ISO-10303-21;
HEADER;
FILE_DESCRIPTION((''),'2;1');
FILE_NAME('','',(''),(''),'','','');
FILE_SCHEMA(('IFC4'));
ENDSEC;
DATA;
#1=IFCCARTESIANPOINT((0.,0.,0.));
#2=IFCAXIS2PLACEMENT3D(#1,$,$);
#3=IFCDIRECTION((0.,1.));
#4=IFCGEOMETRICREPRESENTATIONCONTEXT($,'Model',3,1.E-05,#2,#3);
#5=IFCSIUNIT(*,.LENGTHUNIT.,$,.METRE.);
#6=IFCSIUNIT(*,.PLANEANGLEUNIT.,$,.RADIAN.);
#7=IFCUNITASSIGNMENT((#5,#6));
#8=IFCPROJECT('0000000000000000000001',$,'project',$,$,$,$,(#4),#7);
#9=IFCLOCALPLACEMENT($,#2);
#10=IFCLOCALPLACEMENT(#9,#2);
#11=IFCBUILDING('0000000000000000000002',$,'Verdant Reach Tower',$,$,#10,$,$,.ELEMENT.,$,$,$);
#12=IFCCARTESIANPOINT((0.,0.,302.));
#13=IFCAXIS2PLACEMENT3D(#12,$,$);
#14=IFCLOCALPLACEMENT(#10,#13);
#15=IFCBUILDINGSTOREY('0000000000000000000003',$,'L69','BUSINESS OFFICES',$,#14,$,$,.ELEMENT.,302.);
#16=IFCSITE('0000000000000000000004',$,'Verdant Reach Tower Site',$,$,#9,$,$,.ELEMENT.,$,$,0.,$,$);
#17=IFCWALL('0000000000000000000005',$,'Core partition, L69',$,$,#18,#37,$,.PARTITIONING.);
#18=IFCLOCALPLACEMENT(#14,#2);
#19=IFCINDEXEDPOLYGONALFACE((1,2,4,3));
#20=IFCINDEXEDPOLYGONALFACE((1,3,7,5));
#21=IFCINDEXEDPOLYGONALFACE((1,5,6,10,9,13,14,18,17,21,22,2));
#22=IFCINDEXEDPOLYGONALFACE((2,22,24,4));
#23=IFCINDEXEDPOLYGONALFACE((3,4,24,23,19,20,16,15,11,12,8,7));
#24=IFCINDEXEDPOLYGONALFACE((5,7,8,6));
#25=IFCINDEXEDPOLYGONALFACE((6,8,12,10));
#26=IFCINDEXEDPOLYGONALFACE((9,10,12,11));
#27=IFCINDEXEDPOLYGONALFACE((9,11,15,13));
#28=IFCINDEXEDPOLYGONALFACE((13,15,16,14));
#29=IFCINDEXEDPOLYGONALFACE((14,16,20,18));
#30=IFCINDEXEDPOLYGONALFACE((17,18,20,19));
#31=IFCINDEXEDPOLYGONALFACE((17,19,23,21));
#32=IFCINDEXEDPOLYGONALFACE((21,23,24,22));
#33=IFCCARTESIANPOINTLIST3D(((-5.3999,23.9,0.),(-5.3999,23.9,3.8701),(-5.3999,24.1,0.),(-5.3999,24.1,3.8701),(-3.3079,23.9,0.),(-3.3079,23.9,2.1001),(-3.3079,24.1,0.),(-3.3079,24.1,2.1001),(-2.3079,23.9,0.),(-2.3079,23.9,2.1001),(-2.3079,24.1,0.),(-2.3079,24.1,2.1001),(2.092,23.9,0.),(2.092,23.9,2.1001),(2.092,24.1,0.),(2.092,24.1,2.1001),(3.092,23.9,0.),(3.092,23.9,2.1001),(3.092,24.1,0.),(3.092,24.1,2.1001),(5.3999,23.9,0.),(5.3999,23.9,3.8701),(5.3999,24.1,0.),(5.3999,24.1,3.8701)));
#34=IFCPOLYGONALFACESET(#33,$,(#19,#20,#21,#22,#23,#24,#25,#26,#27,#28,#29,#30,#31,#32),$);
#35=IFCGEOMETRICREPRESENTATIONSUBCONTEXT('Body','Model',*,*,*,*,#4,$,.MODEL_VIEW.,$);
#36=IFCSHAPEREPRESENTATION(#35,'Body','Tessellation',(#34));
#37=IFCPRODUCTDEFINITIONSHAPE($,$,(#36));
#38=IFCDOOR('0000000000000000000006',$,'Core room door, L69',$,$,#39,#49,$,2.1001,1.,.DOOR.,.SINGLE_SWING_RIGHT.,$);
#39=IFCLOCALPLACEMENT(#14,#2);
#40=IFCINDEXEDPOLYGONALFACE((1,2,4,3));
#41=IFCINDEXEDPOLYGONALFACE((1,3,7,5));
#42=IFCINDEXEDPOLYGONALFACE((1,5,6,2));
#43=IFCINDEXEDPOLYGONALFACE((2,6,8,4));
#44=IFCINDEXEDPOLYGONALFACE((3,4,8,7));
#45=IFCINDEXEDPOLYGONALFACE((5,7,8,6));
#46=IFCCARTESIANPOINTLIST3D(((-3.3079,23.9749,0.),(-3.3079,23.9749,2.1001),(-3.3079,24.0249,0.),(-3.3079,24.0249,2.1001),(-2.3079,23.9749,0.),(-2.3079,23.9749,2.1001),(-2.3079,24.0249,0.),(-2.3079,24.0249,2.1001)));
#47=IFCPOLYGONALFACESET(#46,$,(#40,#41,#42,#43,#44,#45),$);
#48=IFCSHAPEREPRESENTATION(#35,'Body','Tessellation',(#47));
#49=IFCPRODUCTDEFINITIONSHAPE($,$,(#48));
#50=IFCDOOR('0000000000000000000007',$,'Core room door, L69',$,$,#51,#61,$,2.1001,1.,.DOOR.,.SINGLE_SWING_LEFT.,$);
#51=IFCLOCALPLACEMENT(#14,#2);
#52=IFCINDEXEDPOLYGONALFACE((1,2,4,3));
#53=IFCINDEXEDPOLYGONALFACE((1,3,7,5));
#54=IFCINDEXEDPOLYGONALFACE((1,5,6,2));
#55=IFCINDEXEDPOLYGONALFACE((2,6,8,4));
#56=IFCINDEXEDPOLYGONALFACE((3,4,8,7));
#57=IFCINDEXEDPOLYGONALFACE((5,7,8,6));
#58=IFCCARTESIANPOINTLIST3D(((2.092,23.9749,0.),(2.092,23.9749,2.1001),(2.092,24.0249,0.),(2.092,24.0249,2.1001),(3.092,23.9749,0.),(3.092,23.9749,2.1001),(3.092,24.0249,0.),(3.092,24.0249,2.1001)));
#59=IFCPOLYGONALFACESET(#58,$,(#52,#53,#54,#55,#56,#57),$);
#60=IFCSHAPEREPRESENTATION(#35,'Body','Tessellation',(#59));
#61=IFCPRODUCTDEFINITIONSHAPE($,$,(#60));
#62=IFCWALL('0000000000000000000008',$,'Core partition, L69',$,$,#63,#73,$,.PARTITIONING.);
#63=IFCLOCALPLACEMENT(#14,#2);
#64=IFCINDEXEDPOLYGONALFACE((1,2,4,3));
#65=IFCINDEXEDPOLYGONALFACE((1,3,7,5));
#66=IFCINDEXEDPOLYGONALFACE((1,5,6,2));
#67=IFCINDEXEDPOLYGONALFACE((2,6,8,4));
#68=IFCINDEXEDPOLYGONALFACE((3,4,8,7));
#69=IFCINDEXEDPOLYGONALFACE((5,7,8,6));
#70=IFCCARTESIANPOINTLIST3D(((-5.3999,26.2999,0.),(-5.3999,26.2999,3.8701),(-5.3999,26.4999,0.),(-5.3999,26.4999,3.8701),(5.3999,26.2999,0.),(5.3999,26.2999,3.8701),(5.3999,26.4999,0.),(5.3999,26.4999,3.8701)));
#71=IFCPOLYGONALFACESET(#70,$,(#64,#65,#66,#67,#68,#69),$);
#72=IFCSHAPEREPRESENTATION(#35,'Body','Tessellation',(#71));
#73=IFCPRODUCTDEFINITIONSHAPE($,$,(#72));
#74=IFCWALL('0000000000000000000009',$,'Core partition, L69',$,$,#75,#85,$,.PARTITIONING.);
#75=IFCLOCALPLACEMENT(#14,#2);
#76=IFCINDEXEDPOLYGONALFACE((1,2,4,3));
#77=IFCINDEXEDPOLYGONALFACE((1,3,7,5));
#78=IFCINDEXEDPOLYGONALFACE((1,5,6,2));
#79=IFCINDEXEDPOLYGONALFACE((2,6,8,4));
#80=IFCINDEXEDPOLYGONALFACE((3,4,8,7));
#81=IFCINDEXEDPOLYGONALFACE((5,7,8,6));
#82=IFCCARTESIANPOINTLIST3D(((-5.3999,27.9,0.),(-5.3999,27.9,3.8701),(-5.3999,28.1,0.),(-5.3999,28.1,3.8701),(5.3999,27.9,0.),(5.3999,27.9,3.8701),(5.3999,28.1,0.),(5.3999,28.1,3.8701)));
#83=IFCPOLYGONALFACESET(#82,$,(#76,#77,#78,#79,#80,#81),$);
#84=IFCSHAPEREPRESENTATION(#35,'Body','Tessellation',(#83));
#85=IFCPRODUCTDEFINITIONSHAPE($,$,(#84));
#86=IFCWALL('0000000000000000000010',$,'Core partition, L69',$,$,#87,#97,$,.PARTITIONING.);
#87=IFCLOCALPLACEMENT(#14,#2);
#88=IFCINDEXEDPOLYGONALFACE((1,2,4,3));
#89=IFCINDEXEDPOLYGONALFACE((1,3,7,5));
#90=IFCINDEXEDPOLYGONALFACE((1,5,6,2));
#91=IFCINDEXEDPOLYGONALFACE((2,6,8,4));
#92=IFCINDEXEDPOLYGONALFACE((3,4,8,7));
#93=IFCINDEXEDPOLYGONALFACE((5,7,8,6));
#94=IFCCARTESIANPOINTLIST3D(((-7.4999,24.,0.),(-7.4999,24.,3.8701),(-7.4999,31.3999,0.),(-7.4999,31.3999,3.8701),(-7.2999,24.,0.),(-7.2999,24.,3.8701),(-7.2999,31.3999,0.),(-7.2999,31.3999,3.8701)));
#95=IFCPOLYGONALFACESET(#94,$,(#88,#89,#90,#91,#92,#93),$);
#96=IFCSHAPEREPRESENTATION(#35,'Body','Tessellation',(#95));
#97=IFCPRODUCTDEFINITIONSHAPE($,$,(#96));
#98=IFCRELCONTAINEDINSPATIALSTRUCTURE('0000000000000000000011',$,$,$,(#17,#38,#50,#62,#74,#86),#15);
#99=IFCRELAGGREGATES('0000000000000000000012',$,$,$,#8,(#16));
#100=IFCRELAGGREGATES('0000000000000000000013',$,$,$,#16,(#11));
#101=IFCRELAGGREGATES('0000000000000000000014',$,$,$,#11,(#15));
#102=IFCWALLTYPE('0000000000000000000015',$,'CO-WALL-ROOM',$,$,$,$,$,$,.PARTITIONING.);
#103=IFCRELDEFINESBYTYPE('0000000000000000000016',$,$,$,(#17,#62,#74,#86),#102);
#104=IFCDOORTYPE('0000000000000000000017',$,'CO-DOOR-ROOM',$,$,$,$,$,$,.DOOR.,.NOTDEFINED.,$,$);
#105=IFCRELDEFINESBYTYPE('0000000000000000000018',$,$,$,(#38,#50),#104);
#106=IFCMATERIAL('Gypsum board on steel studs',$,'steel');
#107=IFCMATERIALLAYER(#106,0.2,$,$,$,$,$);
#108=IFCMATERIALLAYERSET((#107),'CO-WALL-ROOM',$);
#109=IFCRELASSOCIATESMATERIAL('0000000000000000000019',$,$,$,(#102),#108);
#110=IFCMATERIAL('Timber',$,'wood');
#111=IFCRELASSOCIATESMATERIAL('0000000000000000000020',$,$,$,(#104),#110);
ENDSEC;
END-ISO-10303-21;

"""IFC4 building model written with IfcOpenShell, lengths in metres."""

from ifc_helpers import new_model, si_unit, direction, frame, frame_2d, origin, place, context, subcontext, project, spatial, rectangle, extrude, material, layer, layer_set, type_object, element, fill, save


model = new_model("IFC4")

# Units and contexts
model_context = context("Model", 3, precision=1e-05, world=origin(), true_north=direction((0.0, 1.0)))
body_context = subcontext(model_context, "Body", "Model", "MODEL_VIEW")
ifc_project = project(units=[si_unit("LENGTHUNIT", "METRE"), si_unit("PLANEANGLEUNIT", "RADIAN")], contexts=[model_context])

# Site, building, storey
site_placement = place(None, origin())
site = spatial("IfcSite", under=ifc_project, at=site_placement, Name="Verdant Reach Tower Site", CompositionType="ELEMENT", RefElevation=0.0)
building_placement = place(site_placement, origin())
building = spatial("IfcBuilding", under=site, at=building_placement, Name="Verdant Reach Tower", CompositionType="ELEMENT")
storey_placement = place(building_placement, frame((0.0, 0.0, 302.0)))
storey = spatial("IfcBuildingStorey", under=building, at=storey_placement, Name="L69", Description="BUSINESS OFFICES", CompositionType="ELEMENT", Elevation=302.0)

# Wall, openings, doors
ifc_material_1 = material(Name="Gypsum board on steel studs", Category="steel")
ifc_layer_1 = layer(ifc_material_1, 0.2)
ifc_layer_set_1 = layer_set([ifc_layer_1], Name="CO-WALL-ROOM")
wall_type_1 = type_object("IfcWallType", Name="CO-WALL-ROOM", PredefinedType="PARTITIONING", material=ifc_layer_set_1)
wall_1_placement = place(storey_placement, frame((-5.3999, 24.0, 0.0), z_axis=(0.0, 0.0, 1.0), x_axis=(1.0, 0.0, 0.0)))
wall_1 = element("IfcWall", 1, at=wall_1_placement, inside=storey, type_object=wall_type_1, Name="Core partition, L69", PredefinedType="PARTITIONING", context=body_context, shape_type="SweptSolid", body=[
    extrude(rectangle(XDim=10.7998, YDim=0.2, at=frame_2d((5.3999, 0.0))), origin(), (0.0, 0.0, 1.0), 3.8701),
])
opening_1_placement = place(wall_1_placement, frame((2.092, 0.0, 0.0)))
opening_1 = element("IfcOpeningElement", 2, at=opening_1_placement, cuts=wall_1, PredefinedType="OPENING", context=body_context, shape_type="SweptSolid", body=[
    extrude(rectangle(XDim=1.0, YDim=2.1001, at=frame_2d((0.5, 1.05))), frame((0.0, 0.1099, 0.0), z_axis=(0.0, -1.0, 0.0), x_axis=(1.0, 0.0, 0.0)), (0.0, 0.0, 1.0), 0.22),
])
opening_2_placement = place(wall_1_placement, frame((7.4919, 0.0, 0.0)))
opening_2 = element("IfcOpeningElement", 3, at=opening_2_placement, cuts=wall_1, PredefinedType="OPENING", context=body_context, shape_type="SweptSolid", body=[
    extrude(rectangle(XDim=1.0, YDim=2.1001, at=frame_2d((0.5, 1.05))), frame((0.0, 0.1099, 0.0), z_axis=(0.0, -1.0, 0.0), x_axis=(1.0, 0.0, 0.0)), (0.0, 0.0, 1.0), 0.22),
])
ifc_material_2 = material(Name="Timber", Category="wood")
door_type_1 = type_object("IfcDoorType", Name="CO-DOOR-ROOM", OperationType="NOTDEFINED", PredefinedType="DOOR", material=ifc_material_2)
door_1_placement = place(opening_1_placement, origin())
door_1 = element("IfcDoor", 4, at=door_1_placement, inside=storey, type_object=door_type_1, Name="Core room door, L69", OperationType="SINGLE_SWING_RIGHT", OverallHeight=2.1001, OverallWidth=1.0, PredefinedType="DOOR", context=body_context, shape_type="SweptSolid", body=[
    extrude(rectangle(XDim=1.0, YDim=2.1001, at=frame_2d((0.5, 1.05))), frame((0.0, 0.0249, 0.0), z_axis=(0.0, -1.0, 0.0), x_axis=(1.0, 0.0, 0.0)), (0.0, 0.0, 1.0), 0.05),
])
fill(opening_1, door_1)
door_2_placement = place(opening_2_placement, origin())
door_2 = element("IfcDoor", 5, at=door_2_placement, inside=storey, type_object=door_type_1, Name="Core room door, L69", OperationType="SINGLE_SWING_LEFT", OverallHeight=2.1001, OverallWidth=1.0, PredefinedType="DOOR", context=body_context, shape_type="SweptSolid", body=[
    extrude(rectangle(XDim=1.0, YDim=2.1001, at=frame_2d((0.5, 1.05))), frame((0.0, 0.0249, 0.0), z_axis=(0.0, -1.0, 0.0), x_axis=(1.0, 0.0, 0.0)), (0.0, 0.0, 1.0), 0.05),
])
fill(opening_2, door_2)

# Walls
for number, where, z_axis, x_axis, name in (
    (6, (-5.3999, 26.3999, 0.0), (0.0, 0.0, 1.0), (1.0, 0.0, 0.0), "Core partition, L69"),
    (7, (-5.3999, 28.0, 0.0), (0.0, 0.0, 1.0), (1.0, 0.0, 0.0), "Core partition, L69"),
):
    element("IfcWall", number, at=place(storey_placement, frame(where, z_axis=z_axis, x_axis=x_axis)), inside=storey, type_object=wall_type_1, Name=name, PredefinedType="PARTITIONING", context=body_context, shape_type="SweptSolid", body=[
        extrude(rectangle(XDim=10.7998, YDim=0.2, at=frame_2d((5.3999, 0.0))), origin(), (0.0, 0.0, 1.0), 3.8701),
    ])
wall_2_placement = place(storey_placement, frame((-7.3999, 24.0, 0.0), z_axis=(0.0, 0.0, 1.0), x_axis=(0.0, 1.0, 0.0)))
element("IfcWall", 8, at=wall_2_placement, inside=storey, type_object=wall_type_1, Name="Core partition, L69", PredefinedType="PARTITIONING", context=body_context, shape_type="SweptSolid", body=[
    extrude(rectangle(XDim=7.3999, YDim=0.2, at=frame_2d((3.7, 0.0))), origin(), (0.0, 0.0, 1.0), 3.8701),
])

save(model, "model.ifc")
